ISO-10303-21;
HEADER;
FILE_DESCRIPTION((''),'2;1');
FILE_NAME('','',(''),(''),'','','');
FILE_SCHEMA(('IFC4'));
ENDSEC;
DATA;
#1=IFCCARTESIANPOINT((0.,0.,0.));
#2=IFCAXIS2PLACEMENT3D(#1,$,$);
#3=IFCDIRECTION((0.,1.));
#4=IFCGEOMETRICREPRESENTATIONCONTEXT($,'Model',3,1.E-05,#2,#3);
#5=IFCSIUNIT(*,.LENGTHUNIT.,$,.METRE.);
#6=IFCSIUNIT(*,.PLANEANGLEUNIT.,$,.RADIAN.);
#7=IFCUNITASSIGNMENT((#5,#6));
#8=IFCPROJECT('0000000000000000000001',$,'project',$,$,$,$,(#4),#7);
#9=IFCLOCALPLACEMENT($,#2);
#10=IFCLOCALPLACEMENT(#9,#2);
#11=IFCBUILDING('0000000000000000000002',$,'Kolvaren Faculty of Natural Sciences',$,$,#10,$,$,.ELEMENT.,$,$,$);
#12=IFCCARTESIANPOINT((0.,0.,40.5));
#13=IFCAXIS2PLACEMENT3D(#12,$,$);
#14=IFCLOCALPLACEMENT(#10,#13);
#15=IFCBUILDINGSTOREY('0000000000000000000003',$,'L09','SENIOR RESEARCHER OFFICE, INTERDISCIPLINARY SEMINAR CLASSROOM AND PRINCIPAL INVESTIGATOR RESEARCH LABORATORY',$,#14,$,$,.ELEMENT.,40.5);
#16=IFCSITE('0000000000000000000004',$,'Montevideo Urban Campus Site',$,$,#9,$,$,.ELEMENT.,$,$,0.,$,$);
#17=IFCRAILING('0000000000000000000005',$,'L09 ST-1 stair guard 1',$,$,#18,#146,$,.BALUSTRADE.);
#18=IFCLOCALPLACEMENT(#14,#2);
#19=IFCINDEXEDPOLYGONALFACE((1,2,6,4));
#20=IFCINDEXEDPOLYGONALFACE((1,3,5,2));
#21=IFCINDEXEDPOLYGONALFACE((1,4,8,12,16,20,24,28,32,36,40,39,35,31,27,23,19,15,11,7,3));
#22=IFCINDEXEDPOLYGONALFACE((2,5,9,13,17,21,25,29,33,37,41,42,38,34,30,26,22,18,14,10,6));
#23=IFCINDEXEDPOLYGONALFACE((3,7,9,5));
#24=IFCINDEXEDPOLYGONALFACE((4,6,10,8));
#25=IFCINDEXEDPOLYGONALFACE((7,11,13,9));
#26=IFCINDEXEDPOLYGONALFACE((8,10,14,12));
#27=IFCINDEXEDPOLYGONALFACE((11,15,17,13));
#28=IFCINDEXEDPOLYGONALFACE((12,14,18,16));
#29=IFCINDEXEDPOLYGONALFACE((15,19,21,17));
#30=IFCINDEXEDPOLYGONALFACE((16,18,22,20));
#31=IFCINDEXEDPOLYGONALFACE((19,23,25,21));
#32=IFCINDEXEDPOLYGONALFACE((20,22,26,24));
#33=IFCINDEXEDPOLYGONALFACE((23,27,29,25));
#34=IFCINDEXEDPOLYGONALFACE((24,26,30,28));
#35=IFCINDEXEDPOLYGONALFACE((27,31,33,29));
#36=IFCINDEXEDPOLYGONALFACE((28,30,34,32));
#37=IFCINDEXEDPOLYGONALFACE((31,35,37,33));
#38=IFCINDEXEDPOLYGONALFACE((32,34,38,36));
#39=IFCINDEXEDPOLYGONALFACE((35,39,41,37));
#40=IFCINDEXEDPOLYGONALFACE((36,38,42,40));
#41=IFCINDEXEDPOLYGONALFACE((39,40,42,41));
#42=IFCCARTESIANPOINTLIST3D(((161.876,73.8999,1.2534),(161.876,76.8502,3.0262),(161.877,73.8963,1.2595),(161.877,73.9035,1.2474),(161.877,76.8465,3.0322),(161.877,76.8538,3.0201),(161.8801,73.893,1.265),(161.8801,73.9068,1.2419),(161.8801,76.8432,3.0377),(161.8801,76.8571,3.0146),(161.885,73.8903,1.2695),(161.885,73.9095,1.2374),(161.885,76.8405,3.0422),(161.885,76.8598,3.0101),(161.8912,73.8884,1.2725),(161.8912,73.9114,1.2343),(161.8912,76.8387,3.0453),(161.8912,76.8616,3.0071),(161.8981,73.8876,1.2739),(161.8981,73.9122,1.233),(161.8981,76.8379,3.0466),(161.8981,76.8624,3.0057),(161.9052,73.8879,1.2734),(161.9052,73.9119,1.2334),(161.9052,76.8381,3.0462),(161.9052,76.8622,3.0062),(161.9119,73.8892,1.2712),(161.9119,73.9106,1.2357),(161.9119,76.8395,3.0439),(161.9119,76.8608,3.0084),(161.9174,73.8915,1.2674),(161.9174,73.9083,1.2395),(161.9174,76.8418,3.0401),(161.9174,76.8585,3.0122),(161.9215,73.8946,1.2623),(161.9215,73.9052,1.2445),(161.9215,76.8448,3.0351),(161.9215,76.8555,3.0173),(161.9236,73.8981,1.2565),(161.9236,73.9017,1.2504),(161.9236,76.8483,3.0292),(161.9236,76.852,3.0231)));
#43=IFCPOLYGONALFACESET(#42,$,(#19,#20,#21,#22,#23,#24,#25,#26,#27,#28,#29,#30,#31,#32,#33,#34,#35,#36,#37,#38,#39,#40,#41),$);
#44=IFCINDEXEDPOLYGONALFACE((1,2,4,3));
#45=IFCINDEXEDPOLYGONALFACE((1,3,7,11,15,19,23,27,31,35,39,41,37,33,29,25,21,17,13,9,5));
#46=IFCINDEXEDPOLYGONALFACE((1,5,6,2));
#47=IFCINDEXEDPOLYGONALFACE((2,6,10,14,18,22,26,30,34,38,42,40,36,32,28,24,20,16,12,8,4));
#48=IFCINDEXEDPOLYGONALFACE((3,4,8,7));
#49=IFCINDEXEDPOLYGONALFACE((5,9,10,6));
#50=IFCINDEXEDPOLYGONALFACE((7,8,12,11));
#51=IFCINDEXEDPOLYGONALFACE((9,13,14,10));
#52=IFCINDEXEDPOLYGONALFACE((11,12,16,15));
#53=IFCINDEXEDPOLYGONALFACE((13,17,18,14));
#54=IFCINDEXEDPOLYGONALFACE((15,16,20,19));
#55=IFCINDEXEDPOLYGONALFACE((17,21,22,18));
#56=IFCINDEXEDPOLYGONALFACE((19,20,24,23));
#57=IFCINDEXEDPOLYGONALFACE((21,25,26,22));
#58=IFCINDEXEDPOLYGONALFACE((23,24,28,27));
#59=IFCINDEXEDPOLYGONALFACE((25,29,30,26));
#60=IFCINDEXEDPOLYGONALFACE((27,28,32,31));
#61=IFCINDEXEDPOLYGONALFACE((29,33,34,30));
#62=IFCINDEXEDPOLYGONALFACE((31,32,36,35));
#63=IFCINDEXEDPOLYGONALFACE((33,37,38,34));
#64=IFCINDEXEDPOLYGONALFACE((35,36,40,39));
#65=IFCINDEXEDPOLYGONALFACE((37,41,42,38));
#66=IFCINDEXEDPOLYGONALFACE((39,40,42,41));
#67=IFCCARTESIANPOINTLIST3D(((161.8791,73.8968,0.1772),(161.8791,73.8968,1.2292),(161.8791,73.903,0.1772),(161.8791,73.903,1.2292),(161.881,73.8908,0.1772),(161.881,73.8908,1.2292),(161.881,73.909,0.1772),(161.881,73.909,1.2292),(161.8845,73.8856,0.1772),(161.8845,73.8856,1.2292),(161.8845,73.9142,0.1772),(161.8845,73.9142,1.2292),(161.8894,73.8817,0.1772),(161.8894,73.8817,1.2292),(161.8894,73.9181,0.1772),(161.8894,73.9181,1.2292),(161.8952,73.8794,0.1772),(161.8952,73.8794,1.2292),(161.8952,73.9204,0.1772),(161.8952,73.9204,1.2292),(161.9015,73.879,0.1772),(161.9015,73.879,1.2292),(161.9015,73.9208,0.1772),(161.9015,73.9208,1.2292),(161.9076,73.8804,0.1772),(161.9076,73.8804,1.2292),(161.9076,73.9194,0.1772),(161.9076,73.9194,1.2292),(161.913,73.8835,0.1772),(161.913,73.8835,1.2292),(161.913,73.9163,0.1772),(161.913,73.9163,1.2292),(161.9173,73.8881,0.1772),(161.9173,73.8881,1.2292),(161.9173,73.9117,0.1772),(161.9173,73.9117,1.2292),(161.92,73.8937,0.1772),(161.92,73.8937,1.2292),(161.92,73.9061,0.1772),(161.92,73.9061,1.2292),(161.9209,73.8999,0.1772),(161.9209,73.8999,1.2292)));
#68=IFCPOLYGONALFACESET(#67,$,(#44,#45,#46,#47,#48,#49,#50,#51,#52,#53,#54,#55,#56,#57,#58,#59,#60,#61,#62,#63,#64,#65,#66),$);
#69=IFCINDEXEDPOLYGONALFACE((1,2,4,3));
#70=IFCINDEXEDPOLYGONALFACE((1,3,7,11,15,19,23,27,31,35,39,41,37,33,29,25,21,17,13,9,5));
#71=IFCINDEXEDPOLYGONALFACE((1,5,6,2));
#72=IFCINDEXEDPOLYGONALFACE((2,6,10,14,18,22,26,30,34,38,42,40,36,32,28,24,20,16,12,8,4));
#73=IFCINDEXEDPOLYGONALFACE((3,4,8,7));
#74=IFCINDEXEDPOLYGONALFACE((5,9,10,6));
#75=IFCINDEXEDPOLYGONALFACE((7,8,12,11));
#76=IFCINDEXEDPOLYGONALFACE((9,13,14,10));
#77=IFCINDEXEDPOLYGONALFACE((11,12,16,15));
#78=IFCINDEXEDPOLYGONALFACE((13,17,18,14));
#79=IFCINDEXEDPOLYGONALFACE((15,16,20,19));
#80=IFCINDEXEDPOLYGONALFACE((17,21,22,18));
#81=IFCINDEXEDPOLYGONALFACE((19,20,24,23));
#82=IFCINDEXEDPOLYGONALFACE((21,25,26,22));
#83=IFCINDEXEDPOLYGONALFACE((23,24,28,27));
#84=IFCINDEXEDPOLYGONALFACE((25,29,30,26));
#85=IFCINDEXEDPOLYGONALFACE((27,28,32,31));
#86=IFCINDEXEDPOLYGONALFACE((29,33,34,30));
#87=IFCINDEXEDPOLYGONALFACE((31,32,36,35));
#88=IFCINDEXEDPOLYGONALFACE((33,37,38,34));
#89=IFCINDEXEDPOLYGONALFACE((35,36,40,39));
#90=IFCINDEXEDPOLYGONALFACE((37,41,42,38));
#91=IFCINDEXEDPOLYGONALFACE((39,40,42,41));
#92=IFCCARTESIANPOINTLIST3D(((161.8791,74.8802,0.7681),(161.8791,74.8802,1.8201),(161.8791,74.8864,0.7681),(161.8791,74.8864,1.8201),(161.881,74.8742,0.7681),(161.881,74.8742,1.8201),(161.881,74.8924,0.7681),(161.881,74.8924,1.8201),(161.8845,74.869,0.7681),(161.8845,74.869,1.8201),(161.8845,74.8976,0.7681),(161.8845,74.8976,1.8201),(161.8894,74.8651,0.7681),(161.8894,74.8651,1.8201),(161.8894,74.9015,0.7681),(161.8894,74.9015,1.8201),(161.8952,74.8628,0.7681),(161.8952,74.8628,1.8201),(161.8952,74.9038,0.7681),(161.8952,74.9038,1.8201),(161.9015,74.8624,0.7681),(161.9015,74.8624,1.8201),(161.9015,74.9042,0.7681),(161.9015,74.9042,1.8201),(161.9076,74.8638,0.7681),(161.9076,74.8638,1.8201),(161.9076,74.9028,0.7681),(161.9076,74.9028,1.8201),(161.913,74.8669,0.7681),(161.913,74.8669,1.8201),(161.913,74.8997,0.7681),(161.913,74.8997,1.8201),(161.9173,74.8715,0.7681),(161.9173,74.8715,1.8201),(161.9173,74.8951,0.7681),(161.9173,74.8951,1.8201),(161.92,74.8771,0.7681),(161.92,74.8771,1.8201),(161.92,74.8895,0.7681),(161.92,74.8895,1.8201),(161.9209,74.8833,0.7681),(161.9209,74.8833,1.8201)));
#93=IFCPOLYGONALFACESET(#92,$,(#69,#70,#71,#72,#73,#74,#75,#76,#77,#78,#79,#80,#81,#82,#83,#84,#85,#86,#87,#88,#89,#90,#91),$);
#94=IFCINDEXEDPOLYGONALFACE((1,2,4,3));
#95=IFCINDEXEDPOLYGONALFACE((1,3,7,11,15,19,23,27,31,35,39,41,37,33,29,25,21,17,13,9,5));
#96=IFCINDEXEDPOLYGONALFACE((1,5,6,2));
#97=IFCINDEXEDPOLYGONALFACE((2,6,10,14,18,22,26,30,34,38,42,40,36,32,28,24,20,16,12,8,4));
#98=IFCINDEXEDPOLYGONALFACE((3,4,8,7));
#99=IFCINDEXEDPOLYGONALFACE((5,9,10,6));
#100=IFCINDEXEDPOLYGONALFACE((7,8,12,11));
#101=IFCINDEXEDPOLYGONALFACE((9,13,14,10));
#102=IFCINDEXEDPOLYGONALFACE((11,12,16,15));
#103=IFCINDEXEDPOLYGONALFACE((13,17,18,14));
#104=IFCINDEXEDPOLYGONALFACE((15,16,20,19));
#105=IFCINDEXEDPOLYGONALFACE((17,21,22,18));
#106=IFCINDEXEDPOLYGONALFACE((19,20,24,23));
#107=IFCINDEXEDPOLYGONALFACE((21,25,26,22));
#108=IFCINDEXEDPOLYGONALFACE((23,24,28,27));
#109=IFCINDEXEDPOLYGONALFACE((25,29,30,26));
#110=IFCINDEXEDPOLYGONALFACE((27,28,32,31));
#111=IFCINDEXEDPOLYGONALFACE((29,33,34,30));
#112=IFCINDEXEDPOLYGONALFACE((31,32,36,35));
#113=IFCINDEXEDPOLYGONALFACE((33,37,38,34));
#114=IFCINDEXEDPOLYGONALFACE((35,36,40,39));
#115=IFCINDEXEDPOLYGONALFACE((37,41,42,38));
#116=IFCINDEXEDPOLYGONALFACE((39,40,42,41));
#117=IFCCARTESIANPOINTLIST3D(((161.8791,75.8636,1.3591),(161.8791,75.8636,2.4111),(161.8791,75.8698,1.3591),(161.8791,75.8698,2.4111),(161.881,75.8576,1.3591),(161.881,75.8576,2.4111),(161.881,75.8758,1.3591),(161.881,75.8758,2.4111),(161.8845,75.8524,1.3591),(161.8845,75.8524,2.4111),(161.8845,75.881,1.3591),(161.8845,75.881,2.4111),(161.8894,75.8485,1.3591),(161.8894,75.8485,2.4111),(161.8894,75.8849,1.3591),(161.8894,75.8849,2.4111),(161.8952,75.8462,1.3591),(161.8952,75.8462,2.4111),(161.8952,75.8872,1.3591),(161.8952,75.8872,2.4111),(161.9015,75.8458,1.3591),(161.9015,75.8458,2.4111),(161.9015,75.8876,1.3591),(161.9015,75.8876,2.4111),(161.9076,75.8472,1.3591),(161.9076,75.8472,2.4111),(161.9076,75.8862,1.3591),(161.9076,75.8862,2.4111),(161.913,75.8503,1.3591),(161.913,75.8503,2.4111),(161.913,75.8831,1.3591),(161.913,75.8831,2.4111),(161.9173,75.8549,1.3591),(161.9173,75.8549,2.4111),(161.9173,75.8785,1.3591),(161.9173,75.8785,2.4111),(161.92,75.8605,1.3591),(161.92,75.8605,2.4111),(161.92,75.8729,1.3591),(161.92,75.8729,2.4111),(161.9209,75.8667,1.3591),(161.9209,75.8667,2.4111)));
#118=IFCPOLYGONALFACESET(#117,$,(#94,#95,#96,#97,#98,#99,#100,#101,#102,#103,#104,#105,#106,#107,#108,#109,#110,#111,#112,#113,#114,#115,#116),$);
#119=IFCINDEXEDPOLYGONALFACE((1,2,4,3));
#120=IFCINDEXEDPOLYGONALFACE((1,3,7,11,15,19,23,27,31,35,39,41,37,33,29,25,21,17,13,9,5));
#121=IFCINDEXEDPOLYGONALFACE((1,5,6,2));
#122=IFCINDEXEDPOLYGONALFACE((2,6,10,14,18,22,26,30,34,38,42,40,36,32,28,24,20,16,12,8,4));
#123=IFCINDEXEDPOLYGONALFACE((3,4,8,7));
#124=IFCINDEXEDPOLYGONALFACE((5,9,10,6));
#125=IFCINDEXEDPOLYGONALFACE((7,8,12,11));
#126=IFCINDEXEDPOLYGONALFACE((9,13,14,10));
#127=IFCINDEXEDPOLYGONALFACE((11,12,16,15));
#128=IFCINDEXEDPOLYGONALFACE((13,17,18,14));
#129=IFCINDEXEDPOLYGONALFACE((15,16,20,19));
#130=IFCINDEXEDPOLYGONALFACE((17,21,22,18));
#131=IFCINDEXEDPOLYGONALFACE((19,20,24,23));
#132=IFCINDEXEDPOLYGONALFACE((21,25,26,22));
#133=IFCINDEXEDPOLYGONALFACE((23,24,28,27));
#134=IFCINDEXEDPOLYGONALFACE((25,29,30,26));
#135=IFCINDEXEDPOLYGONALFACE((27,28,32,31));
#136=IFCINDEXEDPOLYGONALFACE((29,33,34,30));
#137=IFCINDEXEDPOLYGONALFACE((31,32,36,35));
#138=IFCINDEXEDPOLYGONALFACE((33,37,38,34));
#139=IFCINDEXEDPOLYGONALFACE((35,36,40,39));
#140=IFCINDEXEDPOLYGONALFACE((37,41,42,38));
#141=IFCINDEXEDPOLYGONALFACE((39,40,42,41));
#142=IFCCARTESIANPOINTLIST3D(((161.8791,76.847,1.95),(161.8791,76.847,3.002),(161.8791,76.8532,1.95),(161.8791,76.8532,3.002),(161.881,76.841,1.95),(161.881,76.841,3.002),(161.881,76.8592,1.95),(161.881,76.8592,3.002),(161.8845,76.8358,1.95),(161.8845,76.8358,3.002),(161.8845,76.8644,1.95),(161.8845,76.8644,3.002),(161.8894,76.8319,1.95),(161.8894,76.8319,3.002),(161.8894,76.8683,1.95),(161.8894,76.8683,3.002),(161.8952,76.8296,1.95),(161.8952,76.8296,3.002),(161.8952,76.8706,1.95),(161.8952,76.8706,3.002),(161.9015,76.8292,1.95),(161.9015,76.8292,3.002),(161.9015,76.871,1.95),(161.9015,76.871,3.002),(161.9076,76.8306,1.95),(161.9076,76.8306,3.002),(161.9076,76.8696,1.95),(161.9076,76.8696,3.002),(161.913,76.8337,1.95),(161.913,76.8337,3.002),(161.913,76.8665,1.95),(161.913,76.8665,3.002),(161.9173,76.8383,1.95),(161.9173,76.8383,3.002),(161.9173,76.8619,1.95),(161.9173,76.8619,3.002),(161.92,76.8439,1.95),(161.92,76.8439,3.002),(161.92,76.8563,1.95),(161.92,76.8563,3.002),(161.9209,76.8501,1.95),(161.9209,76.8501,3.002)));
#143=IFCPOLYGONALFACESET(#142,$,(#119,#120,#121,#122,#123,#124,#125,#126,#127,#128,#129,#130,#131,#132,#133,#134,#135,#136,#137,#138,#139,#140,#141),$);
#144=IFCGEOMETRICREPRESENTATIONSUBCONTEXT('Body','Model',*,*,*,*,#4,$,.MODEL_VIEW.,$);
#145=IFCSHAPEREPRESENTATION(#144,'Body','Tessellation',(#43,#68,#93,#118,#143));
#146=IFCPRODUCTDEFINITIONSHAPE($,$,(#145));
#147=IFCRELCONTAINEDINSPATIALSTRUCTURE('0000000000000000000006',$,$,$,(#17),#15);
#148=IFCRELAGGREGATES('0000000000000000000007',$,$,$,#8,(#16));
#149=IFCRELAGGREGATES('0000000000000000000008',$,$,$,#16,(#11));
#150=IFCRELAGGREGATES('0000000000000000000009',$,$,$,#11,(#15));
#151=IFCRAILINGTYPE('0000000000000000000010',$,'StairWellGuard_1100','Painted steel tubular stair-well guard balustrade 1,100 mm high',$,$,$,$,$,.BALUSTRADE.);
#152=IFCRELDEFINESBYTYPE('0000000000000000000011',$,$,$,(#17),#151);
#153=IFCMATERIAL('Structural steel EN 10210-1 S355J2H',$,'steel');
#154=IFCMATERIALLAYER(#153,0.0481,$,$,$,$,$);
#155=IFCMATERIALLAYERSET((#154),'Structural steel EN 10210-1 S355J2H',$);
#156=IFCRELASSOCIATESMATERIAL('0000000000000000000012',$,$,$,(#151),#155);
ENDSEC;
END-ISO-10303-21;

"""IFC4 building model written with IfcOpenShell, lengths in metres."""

from ifc_helpers import new_model, si_unit, direction, frame, origin, origin_2d, place, context, subcontext, project, spatial, circle, extrude, material, layer, layer_set, type_object, element, save


model = new_model("IFC4")

# Units and contexts
model_context = context("Model", 3, precision=1e-05, world=origin(), true_north=direction((0.0, 1.0)))
body_context = subcontext(model_context, "Body", "Model", "MODEL_VIEW")
ifc_project = project(units=[si_unit("LENGTHUNIT", "METRE"), si_unit("PLANEANGLEUNIT", "RADIAN")], contexts=[model_context])

# Site, building, storey
site_placement = place(None, origin())
site = spatial("IfcSite", under=ifc_project, at=site_placement, Name="Montevideo Urban Campus Site", CompositionType="ELEMENT", RefElevation=0.0)
building_placement = place(site_placement, origin())
building = spatial("IfcBuilding", under=site, at=building_placement, Name="Kolvaren Faculty of Natural Sciences", CompositionType="ELEMENT")
storey_placement = place(building_placement, frame((0.0, 0.0, 40.5)))
storey = spatial("IfcBuildingStorey", under=building, at=storey_placement, Name="L09", Description="SENIOR RESEARCHER OFFICE, INTERDISCIPLINARY SEMINAR CLASSROOM AND PRINCIPAL INVESTIGATOR RESEARCH LABORATORY", CompositionType="ELEMENT", Elevation=40.5)

# Railing
ifc_material_1 = material(Name="Structural steel EN 10210-1 S355J2H", Category="steel")
ifc_layer_1 = layer(ifc_material_1, 0.0481)
ifc_layer_set_1 = layer_set([ifc_layer_1], Name="Structural steel EN 10210-1 S355J2H")
railing_type_1 = type_object("IfcRailingType", Name="StairWellGuard_1100", Description="Painted steel tubular stair-well guard balustrade 1,100 mm high", PredefinedType="BALUSTRADE", material=ifc_layer_set_1)
railing_1_placement = place(storey_placement, frame((161.8999, 73.8999, 0.1772)))
element("IfcRailing", 1, at=railing_1_placement, inside=storey, type_object=railing_type_1, Name="L09 ST-1 stair guard 1", PredefinedType="BALUSTRADE", context=body_context, shape_type="SweptSolid", body=[
    extrude(circle(Radius=0.0239, at=origin_2d()), frame((0.0, 0.0, 1.0762), z_axis=(0.0, 0.857161, 0.515049), x_axis=(-1.0, 0.0, 0.0)), (0.0, 0.0, 1.0), 3.4419),
    extrude(circle(Radius=0.021, at=origin_2d()), origin(), (0.0, 0.0, 1.0), 1.052),
    extrude(circle(Radius=0.021, at=origin_2d()), frame((0.0, 0.9834, 0.5908)), (0.0, 0.0, 1.0), 1.052),
    extrude(circle(Radius=0.021, at=origin_2d()), frame((0.0, 1.9668, 1.1819)), (0.0, 0.0, 1.0), 1.052),
    extrude(circle(Radius=0.021, at=origin_2d()), frame((0.0, 2.9502, 1.7727)), (0.0, 0.0, 1.0), 1.052),
])

save(model, "model.ifc")
